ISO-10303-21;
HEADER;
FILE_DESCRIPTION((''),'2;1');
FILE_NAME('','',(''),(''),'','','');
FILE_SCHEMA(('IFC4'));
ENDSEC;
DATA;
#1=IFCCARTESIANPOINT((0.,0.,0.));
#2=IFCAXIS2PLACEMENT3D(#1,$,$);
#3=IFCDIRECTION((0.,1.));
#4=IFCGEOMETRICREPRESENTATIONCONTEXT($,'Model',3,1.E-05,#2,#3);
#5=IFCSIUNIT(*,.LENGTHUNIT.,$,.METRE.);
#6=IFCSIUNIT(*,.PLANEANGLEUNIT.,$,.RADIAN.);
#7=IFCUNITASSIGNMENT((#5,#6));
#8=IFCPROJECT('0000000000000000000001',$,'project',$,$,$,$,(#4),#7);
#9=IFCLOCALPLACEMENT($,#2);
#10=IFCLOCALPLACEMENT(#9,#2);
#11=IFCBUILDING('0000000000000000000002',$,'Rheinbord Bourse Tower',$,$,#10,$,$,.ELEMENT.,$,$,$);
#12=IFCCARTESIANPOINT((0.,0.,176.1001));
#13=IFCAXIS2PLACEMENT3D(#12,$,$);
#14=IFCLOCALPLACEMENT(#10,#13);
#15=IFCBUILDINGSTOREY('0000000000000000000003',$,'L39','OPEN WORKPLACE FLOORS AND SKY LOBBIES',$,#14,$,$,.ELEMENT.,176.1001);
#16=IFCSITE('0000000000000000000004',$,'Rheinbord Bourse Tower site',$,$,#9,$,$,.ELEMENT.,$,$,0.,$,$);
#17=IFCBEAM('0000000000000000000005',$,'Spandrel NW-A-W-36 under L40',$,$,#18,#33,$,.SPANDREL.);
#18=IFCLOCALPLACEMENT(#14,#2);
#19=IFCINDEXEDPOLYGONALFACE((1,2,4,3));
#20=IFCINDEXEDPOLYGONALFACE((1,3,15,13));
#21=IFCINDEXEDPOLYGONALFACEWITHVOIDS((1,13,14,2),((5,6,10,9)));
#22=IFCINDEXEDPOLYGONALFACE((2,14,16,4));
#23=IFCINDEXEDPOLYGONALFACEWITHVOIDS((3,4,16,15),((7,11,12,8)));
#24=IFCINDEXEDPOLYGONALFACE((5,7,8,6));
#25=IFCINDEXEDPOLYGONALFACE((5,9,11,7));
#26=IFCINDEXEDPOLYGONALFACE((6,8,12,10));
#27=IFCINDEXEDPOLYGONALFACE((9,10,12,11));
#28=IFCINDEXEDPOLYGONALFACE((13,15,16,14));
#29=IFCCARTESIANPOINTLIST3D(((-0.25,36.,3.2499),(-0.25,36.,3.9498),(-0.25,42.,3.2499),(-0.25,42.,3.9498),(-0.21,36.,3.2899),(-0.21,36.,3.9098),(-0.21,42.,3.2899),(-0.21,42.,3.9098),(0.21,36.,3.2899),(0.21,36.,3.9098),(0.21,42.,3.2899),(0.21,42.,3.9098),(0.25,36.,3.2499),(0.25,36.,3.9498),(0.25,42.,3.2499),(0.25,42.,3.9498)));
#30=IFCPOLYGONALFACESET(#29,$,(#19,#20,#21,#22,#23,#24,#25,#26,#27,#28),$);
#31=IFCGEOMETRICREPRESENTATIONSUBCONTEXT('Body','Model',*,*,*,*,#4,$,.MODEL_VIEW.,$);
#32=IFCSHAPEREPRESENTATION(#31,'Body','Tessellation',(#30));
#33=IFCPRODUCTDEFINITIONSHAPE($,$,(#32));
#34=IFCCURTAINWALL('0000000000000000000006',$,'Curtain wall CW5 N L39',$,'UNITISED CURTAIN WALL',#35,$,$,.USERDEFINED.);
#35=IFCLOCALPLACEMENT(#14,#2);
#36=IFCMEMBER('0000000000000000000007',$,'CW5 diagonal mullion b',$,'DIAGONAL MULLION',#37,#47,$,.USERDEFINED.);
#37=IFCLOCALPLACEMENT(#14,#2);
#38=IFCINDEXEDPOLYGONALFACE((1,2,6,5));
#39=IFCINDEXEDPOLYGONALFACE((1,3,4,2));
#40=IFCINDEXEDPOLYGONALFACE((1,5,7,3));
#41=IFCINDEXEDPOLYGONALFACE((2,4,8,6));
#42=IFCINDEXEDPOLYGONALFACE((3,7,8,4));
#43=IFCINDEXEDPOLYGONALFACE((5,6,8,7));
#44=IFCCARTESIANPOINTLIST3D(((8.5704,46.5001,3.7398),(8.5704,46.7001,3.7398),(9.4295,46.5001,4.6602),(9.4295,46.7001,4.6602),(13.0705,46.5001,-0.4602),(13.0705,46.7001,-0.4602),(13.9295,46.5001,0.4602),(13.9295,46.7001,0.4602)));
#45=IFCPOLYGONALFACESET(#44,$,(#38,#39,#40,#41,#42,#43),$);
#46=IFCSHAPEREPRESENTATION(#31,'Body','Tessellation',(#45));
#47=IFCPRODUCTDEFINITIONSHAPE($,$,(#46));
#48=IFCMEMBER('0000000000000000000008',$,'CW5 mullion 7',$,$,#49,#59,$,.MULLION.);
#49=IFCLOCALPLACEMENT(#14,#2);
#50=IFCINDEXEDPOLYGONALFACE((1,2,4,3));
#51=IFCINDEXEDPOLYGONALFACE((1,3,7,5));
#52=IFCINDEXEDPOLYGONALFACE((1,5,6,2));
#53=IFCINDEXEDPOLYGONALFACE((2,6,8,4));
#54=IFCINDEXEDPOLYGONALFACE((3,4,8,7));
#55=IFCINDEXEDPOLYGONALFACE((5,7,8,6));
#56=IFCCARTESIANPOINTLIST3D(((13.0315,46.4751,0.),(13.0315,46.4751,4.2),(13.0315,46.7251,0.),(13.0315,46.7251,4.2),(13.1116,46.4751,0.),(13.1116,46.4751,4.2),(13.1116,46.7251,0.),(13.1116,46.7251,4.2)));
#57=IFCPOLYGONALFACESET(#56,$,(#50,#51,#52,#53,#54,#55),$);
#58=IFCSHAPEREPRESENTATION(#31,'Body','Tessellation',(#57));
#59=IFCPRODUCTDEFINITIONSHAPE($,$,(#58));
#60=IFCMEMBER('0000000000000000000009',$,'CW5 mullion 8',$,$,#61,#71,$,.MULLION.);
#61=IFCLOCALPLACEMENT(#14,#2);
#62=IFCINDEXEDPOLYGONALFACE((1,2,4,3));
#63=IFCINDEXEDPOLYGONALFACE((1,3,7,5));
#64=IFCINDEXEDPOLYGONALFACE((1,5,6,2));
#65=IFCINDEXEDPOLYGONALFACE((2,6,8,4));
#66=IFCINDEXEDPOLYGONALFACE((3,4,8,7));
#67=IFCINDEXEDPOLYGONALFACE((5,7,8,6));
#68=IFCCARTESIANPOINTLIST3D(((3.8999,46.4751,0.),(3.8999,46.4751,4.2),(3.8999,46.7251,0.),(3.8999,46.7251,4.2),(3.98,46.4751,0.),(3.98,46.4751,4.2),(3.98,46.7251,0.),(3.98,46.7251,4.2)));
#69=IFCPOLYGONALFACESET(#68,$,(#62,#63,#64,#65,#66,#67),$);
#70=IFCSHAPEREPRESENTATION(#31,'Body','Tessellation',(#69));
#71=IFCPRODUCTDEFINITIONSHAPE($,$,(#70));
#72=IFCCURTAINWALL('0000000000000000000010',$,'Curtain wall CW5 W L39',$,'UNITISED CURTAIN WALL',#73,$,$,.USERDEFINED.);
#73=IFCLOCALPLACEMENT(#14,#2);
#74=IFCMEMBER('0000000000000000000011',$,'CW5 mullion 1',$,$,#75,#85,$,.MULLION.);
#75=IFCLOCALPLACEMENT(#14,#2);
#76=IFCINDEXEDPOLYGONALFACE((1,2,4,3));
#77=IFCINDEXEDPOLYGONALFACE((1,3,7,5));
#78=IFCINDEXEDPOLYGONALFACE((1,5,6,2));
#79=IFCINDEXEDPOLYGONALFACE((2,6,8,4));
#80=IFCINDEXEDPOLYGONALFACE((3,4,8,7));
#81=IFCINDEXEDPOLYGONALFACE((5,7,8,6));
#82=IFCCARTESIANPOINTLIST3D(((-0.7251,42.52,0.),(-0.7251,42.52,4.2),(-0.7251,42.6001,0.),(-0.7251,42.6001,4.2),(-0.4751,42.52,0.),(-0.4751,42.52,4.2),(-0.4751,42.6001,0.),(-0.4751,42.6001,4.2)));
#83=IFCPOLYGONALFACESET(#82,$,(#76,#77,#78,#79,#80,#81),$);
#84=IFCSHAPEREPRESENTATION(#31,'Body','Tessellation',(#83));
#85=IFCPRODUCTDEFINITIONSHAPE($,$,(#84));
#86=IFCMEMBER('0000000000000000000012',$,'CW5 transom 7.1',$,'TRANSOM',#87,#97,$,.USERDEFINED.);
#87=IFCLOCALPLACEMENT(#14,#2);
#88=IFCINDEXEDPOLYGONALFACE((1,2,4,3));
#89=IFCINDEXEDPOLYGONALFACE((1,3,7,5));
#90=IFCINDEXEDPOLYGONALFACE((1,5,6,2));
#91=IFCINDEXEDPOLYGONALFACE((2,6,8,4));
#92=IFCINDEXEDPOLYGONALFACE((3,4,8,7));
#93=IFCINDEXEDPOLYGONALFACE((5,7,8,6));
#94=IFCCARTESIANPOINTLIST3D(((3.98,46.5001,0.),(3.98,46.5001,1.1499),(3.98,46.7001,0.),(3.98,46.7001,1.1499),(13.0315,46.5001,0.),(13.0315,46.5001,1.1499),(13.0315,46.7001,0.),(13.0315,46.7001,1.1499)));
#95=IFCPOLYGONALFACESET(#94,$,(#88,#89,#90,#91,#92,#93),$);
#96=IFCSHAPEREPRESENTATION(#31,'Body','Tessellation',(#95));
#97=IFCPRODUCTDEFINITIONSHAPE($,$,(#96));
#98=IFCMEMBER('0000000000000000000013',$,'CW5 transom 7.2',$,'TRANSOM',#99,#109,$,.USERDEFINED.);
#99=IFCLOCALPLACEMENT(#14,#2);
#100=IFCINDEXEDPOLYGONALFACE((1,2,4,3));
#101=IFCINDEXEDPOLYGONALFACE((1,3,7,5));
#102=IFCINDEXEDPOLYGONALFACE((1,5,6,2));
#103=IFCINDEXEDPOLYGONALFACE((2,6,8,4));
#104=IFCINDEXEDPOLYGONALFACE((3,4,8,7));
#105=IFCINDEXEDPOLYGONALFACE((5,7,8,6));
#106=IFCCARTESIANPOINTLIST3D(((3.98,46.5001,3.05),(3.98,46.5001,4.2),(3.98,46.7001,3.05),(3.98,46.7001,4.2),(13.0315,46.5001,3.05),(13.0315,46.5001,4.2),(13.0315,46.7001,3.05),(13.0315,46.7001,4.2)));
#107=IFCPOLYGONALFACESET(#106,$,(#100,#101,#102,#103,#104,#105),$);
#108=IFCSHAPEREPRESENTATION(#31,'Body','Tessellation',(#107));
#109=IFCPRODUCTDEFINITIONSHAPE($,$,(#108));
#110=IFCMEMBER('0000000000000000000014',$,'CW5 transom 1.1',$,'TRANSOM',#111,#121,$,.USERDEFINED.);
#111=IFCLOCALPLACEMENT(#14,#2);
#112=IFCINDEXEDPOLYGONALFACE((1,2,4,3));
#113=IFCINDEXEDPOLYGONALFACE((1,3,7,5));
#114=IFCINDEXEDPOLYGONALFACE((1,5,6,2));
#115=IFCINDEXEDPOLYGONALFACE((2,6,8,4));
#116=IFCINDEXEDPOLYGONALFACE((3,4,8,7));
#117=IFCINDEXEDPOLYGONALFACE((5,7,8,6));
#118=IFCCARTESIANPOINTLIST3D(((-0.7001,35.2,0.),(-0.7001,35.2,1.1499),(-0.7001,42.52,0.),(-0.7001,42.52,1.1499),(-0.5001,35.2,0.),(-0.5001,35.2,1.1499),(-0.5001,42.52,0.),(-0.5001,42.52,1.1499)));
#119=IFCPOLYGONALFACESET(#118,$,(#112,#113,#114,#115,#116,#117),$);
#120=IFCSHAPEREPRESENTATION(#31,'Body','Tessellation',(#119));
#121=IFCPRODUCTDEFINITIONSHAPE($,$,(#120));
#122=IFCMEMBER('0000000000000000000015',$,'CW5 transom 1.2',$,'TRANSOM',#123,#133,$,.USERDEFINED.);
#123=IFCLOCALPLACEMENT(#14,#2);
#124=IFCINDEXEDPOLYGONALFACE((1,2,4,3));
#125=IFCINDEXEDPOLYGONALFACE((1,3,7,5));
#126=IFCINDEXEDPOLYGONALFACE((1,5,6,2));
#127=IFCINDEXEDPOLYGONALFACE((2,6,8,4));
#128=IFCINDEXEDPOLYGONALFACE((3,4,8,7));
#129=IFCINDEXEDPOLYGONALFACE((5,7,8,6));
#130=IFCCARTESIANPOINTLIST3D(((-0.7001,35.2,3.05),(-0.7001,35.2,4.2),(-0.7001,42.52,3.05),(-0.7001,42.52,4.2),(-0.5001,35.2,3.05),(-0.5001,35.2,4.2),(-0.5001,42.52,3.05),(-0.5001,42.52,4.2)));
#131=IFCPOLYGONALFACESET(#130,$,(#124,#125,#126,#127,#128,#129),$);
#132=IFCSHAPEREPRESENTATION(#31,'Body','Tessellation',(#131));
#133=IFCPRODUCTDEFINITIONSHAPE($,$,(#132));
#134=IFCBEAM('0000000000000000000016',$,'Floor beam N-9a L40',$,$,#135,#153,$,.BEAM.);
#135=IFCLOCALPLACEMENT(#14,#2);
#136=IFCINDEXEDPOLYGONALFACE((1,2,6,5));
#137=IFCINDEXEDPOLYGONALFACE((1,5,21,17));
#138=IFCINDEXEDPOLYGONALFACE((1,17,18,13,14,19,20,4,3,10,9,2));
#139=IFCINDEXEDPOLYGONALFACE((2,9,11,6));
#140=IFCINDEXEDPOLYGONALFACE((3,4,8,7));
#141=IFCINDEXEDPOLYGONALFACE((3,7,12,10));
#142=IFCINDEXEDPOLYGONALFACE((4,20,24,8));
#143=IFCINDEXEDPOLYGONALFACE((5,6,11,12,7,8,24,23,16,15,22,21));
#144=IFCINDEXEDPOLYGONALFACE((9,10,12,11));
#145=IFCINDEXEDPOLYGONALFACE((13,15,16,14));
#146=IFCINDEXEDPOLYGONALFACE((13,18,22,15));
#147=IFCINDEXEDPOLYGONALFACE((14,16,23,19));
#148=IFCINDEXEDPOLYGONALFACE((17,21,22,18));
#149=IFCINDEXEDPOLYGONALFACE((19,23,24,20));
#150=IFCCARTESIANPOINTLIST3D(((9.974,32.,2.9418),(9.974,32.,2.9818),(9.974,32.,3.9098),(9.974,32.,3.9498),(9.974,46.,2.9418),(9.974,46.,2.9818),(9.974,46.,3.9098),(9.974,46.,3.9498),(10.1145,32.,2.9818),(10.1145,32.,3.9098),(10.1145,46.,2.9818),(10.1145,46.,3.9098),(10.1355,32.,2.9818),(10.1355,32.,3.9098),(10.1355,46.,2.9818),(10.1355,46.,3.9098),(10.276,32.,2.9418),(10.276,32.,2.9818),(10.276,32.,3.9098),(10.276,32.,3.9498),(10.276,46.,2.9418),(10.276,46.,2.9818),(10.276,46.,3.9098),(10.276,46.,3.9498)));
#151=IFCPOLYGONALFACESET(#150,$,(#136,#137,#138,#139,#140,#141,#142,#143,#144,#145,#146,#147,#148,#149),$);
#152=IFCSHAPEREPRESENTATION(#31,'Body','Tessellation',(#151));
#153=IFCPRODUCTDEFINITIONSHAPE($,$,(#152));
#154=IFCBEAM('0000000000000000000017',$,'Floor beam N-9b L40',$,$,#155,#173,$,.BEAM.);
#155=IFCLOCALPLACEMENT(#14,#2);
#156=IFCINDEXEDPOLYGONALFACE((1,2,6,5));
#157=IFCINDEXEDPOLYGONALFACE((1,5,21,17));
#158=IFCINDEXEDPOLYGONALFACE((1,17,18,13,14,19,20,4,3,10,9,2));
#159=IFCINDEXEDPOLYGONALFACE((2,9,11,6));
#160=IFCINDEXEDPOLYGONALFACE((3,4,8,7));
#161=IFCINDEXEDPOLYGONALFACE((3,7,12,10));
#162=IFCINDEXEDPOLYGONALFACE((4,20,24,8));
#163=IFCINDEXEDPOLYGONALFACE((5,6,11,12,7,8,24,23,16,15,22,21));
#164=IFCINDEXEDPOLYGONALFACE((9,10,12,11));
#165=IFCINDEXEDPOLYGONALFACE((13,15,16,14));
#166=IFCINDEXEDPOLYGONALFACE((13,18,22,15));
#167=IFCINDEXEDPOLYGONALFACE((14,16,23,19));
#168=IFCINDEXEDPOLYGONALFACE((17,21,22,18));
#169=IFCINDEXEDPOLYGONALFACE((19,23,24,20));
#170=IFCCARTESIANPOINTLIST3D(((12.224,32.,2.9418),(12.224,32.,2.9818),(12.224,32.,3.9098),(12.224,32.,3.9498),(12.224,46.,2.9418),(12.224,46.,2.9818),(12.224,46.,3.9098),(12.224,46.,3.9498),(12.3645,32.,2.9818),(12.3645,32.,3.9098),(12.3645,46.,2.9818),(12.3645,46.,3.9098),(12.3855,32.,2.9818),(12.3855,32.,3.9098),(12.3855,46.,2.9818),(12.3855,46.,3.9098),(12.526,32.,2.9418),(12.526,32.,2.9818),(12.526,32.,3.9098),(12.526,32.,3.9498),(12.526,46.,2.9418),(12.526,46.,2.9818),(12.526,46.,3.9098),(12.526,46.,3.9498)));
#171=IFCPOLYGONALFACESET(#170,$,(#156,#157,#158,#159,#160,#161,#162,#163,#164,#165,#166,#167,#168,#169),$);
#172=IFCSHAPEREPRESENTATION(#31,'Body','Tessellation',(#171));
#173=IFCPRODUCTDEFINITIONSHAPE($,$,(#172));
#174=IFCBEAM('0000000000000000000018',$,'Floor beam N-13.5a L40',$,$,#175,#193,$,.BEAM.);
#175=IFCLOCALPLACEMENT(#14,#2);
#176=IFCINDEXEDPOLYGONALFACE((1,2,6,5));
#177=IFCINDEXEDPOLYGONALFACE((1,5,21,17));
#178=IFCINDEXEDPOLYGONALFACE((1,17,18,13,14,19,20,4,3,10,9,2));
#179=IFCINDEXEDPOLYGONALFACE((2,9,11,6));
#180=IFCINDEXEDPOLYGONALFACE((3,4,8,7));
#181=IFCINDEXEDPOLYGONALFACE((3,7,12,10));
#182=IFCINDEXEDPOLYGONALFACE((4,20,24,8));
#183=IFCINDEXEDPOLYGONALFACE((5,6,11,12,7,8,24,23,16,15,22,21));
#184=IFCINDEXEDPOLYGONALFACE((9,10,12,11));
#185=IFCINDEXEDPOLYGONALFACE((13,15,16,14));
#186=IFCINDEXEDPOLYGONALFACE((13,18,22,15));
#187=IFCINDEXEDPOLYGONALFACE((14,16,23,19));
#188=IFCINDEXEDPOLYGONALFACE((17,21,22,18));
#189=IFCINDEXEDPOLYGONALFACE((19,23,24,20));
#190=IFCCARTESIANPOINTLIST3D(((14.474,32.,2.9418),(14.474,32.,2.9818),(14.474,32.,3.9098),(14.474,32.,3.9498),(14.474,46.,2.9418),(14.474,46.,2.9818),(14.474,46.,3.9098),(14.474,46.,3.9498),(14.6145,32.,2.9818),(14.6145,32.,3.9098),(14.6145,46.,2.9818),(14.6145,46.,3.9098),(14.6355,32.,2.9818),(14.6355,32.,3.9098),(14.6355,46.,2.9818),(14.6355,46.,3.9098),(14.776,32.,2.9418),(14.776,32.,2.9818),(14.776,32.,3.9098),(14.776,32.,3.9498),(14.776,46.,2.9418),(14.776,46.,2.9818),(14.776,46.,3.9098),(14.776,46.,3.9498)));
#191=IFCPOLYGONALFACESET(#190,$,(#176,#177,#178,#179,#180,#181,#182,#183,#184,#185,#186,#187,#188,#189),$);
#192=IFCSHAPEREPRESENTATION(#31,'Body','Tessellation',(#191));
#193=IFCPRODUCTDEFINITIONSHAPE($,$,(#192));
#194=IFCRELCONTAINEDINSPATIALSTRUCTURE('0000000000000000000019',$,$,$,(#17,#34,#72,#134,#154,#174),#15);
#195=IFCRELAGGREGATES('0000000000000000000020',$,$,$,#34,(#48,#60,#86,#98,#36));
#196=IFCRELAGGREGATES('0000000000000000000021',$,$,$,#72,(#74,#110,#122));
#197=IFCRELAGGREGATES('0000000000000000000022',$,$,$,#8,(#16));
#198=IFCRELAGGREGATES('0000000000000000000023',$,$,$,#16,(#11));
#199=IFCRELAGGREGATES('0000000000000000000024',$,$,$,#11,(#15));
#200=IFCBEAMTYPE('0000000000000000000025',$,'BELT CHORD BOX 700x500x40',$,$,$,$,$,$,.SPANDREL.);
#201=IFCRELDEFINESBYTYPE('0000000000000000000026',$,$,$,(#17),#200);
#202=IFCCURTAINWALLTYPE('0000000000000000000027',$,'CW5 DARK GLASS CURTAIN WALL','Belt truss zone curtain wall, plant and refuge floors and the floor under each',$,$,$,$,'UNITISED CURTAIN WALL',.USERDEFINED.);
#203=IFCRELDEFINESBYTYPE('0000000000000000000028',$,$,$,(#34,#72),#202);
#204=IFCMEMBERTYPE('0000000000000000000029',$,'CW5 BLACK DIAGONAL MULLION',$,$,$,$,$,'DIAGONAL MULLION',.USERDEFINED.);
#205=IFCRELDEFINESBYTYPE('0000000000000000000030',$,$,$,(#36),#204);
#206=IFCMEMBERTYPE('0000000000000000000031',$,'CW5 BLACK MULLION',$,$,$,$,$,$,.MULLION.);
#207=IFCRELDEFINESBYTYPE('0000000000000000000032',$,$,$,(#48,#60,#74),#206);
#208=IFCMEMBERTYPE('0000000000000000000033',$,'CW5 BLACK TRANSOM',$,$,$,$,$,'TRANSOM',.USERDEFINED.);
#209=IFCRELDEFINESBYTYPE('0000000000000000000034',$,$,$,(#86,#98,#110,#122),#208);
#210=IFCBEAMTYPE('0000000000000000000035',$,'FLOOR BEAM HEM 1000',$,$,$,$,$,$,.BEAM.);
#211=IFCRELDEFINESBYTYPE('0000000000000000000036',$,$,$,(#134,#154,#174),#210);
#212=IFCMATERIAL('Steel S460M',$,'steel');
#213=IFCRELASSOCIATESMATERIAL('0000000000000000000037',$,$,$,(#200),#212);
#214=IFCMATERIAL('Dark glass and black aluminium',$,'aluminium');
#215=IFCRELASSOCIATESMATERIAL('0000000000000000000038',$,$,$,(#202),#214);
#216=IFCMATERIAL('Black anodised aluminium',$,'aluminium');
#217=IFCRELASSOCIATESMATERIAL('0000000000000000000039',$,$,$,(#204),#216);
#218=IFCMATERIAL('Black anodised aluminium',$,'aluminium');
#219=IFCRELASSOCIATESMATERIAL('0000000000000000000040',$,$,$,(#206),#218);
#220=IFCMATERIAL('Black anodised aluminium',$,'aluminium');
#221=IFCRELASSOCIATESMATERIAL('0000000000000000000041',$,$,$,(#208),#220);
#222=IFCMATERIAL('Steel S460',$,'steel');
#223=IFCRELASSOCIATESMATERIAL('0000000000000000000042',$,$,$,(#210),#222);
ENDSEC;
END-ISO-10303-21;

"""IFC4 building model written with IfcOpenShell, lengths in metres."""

from ifc_helpers import new_model, si_unit, direction, frame, origin, origin_2d, place, context, subcontext, project, spatial, rectangle, hollow_rectangle, i_section, extrude, material, material_profile, profile_set, type_object, element, aggregate, save


model = new_model("IFC4")

# Units and contexts
model_context = context("Model", 3, precision=1e-05, world=origin(), true_north=direction((0.0, 1.0)))
body_context = subcontext(model_context, "Body", "Model", "MODEL_VIEW")
ifc_project = project(units=[si_unit("LENGTHUNIT", "METRE"), si_unit("PLANEANGLEUNIT", "RADIAN")], contexts=[model_context])

# Site, building, storey
site_placement = place(None, origin())
site = spatial("IfcSite", under=ifc_project, at=site_placement, Name="Rheinbord Bourse Tower site", CompositionType="ELEMENT", RefElevation=0.0)
building_placement = place(site_placement, origin())
building = spatial("IfcBuilding", under=site, at=building_placement, Name="Rheinbord Bourse Tower", CompositionType="ELEMENT")
storey_placement = place(building_placement, frame((0.0, 0.0, 176.1001)))
storey = spatial("IfcBuildingStorey", under=building, at=storey_placement, Name="L39", Description="OPEN WORKPLACE FLOORS AND SKY LOBBIES", CompositionType="ELEMENT", Elevation=176.1001)

# Beam
ifc_material_1 = material(Name="Steel S460M", Category="steel")
ifc_material_profile_1 = material_profile(ifc_material_1, hollow_rectangle(XDim=0.5, YDim=0.7, WallThickness=0.04, at=origin_2d()), Name="BOX 700x500x40")
ifc_profile_set_1 = profile_set([ifc_material_profile_1], Name="Steel S460M")
beam_type_1 = type_object("IfcBeamType", Name="BELT CHORD BOX 700x500x40", PredefinedType="SPANDREL", material=ifc_profile_set_1)
beam_1_placement = place(storey_placement, frame((0.0, 42.0, 3.5999), z_axis=(0.0, -1.0, 0.0), x_axis=(1.0, 0.0, 0.0)))
element("IfcBeam", 1, at=beam_1_placement, inside=storey, type_object=beam_type_1, Name="Spandrel NW-A-W-36 under L40", PredefinedType="SPANDREL", context=body_context, shape_type="SweptSolid", body=[
    extrude(hollow_rectangle(XDim=0.5, YDim=0.7, WallThickness=0.04, at=origin_2d()), origin(), (0.0, 0.0, 1.0), 6.0),
])

# Curtain wall, members
ifc_material_2 = material(Name="Dark glass and black aluminium", Category="aluminium")
curtain_wall_type = type_object("IfcCurtainWallType", Name="CW5 DARK GLASS CURTAIN WALL", Description="Belt truss zone curtain wall, plant and refuge floors and the floor under each", ElementType="UNITISED CURTAIN WALL", PredefinedType="USERDEFINED", material=ifc_material_2)
curtain_wall_1_placement = place(storey_placement, origin())
curtain_wall_1 = element("IfcCurtainWall", 2, at=curtain_wall_1_placement, inside=storey, type_object=curtain_wall_type, Name="Curtain wall CW5 N L39", ObjectType="UNITISED CURTAIN WALL", PredefinedType="USERDEFINED")
ifc_material_3 = material(Name="Black anodised aluminium", Category="aluminium")
ifc_material_profile_2 = material_profile(ifc_material_3, rectangle(XDim=0.2, YDim=1.259, at=origin_2d()), Name="CW5 DIAGONAL MULLION 1259x200")
ifc_profile_set_2 = profile_set([ifc_material_profile_2], Name="Black anodised aluminium")
member_type_1 = type_object("IfcMemberType", Name="CW5 BLACK DIAGONAL MULLION", ElementType="DIAGONAL MULLION", PredefinedType="USERDEFINED", material=ifc_profile_set_2)
member_1_placement = place(storey_placement, frame((13.5, 46.6001, 0.0), z_axis=(-0.731059, 0.0, 0.682314), x_axis=(0.0, -1.0, 0.0)))
member_1 = element("IfcMember", 3, at=member_1_placement, type_object=member_type_1, Name="CW5 diagonal mullion b", ObjectType="DIAGONAL MULLION", PredefinedType="USERDEFINED", context=body_context, shape_type="SweptSolid", body=[
    extrude(rectangle(XDim=0.2, YDim=1.259, at=origin_2d()), origin(), (0.0, 0.0, 1.0), 6.1555),
])
ifc_material_4 = material(Name="Black anodised aluminium", Category="aluminium")
ifc_material_profile_3 = material_profile(ifc_material_4, rectangle(XDim=0.25, YDim=0.0801, at=origin_2d()), Name="CW5 MULLION 80x250")
ifc_profile_set_3 = profile_set([ifc_material_profile_3], Name="Black anodised aluminium")
member_type_2 = type_object("IfcMemberType", Name="CW5 BLACK MULLION", PredefinedType="MULLION", material=ifc_profile_set_3)
member_2_placement = place(storey_placement, frame((13.0715, 46.6001, 0.0), z_axis=(0.0, 0.0, 1.0), x_axis=(0.0, -1.0, 0.0)))
member_2 = element("IfcMember", 4, at=member_2_placement, type_object=member_type_2, Name="CW5 mullion 7", PredefinedType="MULLION", context=body_context, shape_type="SweptSolid", body=[
    extrude(rectangle(XDim=0.25, YDim=0.0801, at=origin_2d()), origin(), (0.0, 0.0, 1.0), 4.2),
])
member_3_placement = place(storey_placement, frame((3.9399, 46.6001, 0.0), z_axis=(0.0, 0.0, 1.0), x_axis=(0.0, -1.0, 0.0)))
member_3 = element("IfcMember", 5, at=member_3_placement, type_object=member_type_2, Name="CW5 mullion 8", PredefinedType="MULLION", context=body_context, shape_type="SweptSolid", body=[
    extrude(rectangle(XDim=0.25, YDim=0.0801, at=origin_2d()), origin(), (0.0, 0.0, 1.0), 4.2),
])

# Curtain wall, member
curtain_wall_2_placement = place(storey_placement, origin())
curtain_wall_2 = element("IfcCurtainWall", 6, at=curtain_wall_2_placement, inside=storey, type_object=curtain_wall_type, Name="Curtain wall CW5 W L39", ObjectType="UNITISED CURTAIN WALL", PredefinedType="USERDEFINED")
member_4_placement = place(storey_placement, frame((-0.6001, 42.5601, 0.0), z_axis=(0.0, 0.0, 1.0), x_axis=(1.0, 0.0, 0.0)))
member_4 = element("IfcMember", 7, at=member_4_placement, type_object=member_type_2, Name="CW5 mullion 1", PredefinedType="MULLION", context=body_context, shape_type="SweptSolid", body=[
    extrude(rectangle(XDim=0.25, YDim=0.0801, at=origin_2d()), origin(), (0.0, 0.0, 1.0), 4.2),
])

# Members
ifc_material_5 = material(Name="Black anodised aluminium", Category="aluminium")
ifc_material_profile_4 = material_profile(ifc_material_5, rectangle(XDim=0.2, YDim=1.1499, at=origin_2d()), Name="CW5 TRANSOM 1150x200")
ifc_profile_set_4 = profile_set([ifc_material_profile_4], Name="Black anodised aluminium")
member_type_3 = type_object("IfcMemberType", Name="CW5 BLACK TRANSOM", ElementType="TRANSOM", PredefinedType="USERDEFINED", material=ifc_profile_set_4)
member_5_placement = place(storey_placement, frame((13.0315, 46.6001, 0.575), z_axis=(-1.0, 0.0, 0.0), x_axis=(0.0, -1.0, 0.0)))
member_5 = element("IfcMember", 8, at=member_5_placement, type_object=member_type_3, Name="CW5 transom 7.1", ObjectType="TRANSOM", PredefinedType="USERDEFINED", context=body_context, shape_type="SweptSolid", body=[
    extrude(rectangle(XDim=0.2, YDim=1.1499, at=origin_2d()), origin(), (0.0, 0.0, 1.0), 9.0515),
])
member_6_placement = place(storey_placement, frame((13.0315, 46.6001, 3.625), z_axis=(-1.0, 0.0, 0.0), x_axis=(0.0, -1.0, 0.0)))
member_6 = element("IfcMember", 9, at=member_6_placement, type_object=member_type_3, Name="CW5 transom 7.2", ObjectType="TRANSOM", PredefinedType="USERDEFINED", context=body_context, shape_type="SweptSolid", body=[
    extrude(rectangle(XDim=0.2, YDim=1.1499, at=origin_2d()), origin(), (0.0, 0.0, 1.0), 9.0515),
])
member_7_placement = place(storey_placement, frame((-0.6001, 42.52, 0.575), z_axis=(0.0, -1.0, 0.0), x_axis=(1.0, 0.0, 0.0)))
member_7 = element("IfcMember", 10, at=member_7_placement, type_object=member_type_3, Name="CW5 transom 1.1", ObjectType="TRANSOM", PredefinedType="USERDEFINED", context=body_context, shape_type="SweptSolid", body=[
    extrude(rectangle(XDim=0.2, YDim=1.1499, at=origin_2d()), origin(), (0.0, 0.0, 1.0), 7.3201),
])
member_8_placement = place(storey_placement, frame((-0.6001, 42.52, 3.625), z_axis=(0.0, -1.0, 0.0), x_axis=(1.0, 0.0, 0.0)))
member_8 = element("IfcMember", 11, at=member_8_placement, type_object=member_type_3, Name="CW5 transom 1.2", ObjectType="TRANSOM", PredefinedType="USERDEFINED", context=body_context, shape_type="SweptSolid", body=[
    extrude(rectangle(XDim=0.2, YDim=1.1499, at=origin_2d()), origin(), (0.0, 0.0, 1.0), 7.3201),
])

# Beams
ifc_material_6 = material(Name="Steel S460", Category="steel")
ifc_material_profile_5 = material_profile(ifc_material_6, i_section(OverallWidth=0.302, OverallDepth=1.0081, WebThickness=0.021, FlangeThickness=0.04, at=origin_2d()), Name="HEM 1000")
ifc_profile_set_5 = profile_set([ifc_material_profile_5], Name="Steel S460")
beam_type_2 = type_object("IfcBeamType", Name="FLOOR BEAM HEM 1000", PredefinedType="BEAM", material=ifc_profile_set_5)
for number, where, z_axis, x_axis, name in (
    (12, (10.125, 46.0, 3.4458), (0.0, -1.0, 0.0), (1.0, 0.0, 0.0), "Floor beam N-9a L40"),
    (13, (12.375, 46.0, 3.4458), (0.0, -1.0, 0.0), (1.0, 0.0, 0.0), "Floor beam N-9b L40"),
    (14, (14.625, 46.0, 3.4458), (0.0, -1.0, 0.0), (1.0, 0.0, 0.0), "Floor beam N-13.5a L40"),
):
    element("IfcBeam", number, at=place(storey_placement, frame(where, z_axis=z_axis, x_axis=x_axis)), inside=storey, type_object=beam_type_2, Name=name, PredefinedType="BEAM", context=body_context, shape_type="SweptSolid", body=[
        extrude(i_section(OverallWidth=0.302, OverallDepth=1.0081, WebThickness=0.021, FlangeThickness=0.04, at=origin_2d()), origin(), (0.0, 0.0, 1.0), 14.0),
    ])

aggregate(curtain_wall_1, [member_2, member_3, member_5, member_6, member_1])
aggregate(curtain_wall_2, [member_4, member_7, member_8])

save(model, "model.ifc")
